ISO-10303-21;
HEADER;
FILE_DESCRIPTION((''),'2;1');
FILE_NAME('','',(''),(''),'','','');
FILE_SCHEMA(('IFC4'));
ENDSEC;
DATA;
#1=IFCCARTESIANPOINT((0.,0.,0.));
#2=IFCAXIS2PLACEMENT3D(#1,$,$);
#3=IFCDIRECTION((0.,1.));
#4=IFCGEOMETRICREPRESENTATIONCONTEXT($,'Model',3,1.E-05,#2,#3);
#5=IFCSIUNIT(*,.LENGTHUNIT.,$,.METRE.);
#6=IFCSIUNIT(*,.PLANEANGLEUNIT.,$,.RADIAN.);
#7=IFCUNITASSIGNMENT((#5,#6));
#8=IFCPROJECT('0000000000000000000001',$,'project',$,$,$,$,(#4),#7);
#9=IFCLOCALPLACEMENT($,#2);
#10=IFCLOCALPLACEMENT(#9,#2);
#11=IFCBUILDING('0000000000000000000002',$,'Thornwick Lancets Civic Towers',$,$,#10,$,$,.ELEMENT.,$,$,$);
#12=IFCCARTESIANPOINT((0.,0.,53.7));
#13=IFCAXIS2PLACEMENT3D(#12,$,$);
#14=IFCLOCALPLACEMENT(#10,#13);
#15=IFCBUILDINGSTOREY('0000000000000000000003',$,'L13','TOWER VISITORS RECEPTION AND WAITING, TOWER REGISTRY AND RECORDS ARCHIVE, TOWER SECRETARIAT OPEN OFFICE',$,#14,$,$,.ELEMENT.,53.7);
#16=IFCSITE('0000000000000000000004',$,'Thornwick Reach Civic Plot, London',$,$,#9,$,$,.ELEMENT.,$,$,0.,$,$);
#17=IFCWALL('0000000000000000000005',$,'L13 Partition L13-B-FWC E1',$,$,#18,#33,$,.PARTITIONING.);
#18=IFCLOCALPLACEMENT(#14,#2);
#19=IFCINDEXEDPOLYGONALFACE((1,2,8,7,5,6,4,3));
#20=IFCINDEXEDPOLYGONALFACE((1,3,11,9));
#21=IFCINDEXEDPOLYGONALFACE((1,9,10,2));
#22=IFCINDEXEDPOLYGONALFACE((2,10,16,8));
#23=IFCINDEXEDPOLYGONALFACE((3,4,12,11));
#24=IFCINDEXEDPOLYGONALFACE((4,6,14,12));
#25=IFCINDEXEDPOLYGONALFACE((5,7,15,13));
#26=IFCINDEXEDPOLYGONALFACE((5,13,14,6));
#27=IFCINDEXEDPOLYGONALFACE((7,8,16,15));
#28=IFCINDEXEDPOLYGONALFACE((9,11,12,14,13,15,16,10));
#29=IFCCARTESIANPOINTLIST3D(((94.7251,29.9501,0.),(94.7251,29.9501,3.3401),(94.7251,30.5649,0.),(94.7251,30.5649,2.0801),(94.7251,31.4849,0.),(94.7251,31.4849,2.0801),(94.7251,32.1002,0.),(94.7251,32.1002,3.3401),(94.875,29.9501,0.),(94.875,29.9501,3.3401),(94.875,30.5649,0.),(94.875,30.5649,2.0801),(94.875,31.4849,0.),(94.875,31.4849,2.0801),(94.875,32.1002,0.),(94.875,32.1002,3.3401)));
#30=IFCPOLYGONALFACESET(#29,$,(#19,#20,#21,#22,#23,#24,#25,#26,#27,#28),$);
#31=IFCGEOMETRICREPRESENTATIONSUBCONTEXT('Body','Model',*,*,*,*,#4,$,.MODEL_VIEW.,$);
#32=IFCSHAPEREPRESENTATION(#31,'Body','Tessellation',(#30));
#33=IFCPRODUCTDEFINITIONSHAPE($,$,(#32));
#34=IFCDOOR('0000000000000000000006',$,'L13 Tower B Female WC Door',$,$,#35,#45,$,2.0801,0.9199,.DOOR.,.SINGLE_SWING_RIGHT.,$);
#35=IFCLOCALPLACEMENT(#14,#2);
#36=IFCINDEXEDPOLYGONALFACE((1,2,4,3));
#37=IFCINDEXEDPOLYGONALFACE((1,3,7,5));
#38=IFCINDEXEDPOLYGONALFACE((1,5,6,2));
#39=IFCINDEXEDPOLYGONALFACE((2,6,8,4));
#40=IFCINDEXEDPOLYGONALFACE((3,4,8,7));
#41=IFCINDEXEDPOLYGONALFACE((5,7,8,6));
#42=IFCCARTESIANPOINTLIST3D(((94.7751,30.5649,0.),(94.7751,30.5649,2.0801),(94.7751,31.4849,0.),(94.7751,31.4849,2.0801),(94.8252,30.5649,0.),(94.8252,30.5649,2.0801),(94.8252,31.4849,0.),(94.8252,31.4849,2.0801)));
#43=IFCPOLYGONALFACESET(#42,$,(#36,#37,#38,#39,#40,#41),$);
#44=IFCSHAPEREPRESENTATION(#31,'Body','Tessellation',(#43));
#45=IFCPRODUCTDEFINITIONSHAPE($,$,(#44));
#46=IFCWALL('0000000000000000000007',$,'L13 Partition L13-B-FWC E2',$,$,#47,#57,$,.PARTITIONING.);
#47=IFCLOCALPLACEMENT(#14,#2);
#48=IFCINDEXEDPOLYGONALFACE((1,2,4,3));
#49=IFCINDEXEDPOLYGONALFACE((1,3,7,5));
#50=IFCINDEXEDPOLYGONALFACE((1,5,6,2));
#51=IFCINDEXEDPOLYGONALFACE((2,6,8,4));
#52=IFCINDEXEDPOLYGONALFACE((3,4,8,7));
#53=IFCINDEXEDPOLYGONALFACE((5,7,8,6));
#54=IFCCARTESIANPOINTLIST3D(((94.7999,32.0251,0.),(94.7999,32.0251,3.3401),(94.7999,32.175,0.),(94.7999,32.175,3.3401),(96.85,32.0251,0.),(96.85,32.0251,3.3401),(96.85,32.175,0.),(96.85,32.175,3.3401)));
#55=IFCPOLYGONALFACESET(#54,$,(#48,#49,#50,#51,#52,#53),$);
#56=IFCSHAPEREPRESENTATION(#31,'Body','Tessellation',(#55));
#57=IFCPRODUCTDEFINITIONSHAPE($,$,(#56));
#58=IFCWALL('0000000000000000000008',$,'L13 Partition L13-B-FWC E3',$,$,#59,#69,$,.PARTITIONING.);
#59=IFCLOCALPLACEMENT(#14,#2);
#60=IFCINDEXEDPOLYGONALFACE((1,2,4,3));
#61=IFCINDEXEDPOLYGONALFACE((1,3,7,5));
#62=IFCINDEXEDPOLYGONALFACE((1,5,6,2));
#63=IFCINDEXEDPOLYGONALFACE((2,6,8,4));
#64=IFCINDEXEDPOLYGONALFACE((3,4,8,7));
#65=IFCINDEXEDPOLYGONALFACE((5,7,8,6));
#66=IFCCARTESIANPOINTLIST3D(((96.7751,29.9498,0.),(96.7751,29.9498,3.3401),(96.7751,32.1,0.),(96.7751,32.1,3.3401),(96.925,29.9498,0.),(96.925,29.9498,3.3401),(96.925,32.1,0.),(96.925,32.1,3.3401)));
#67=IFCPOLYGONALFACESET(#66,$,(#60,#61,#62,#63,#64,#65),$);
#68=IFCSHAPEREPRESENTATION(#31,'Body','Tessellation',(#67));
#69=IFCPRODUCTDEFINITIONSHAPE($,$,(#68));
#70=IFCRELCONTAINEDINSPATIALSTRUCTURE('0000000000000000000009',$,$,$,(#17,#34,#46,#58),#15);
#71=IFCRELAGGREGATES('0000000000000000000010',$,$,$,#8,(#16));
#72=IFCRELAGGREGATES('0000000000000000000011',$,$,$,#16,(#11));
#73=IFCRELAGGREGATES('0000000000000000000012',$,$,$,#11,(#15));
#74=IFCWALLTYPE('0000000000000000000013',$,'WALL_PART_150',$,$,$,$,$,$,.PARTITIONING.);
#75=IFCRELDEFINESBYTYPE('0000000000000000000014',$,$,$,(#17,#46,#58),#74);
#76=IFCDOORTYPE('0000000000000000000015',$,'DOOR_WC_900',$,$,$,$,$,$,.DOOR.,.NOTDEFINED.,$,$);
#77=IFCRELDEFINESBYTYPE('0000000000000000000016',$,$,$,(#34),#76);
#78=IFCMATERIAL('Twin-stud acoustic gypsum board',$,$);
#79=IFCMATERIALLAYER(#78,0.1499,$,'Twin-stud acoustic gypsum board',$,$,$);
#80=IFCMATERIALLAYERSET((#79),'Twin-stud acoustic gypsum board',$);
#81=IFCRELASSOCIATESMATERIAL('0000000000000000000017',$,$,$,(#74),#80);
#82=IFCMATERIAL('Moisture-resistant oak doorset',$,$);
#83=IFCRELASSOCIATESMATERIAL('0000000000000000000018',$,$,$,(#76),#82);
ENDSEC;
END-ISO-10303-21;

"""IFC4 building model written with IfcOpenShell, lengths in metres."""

from ifc_helpers import new_model, si_unit, direction, frame, frame_2d, origin, place, context, subcontext, project, spatial, rectangle, extrude, material, layer, layer_set, type_object, element, fill, save


model = new_model("IFC4")

# Units and contexts
model_context = context("Model", 3, precision=1e-05, world=origin(), true_north=direction((0.0, 1.0)))
body_context = subcontext(model_context, "Body", "Model", "MODEL_VIEW")
ifc_project = project(units=[si_unit("LENGTHUNIT", "METRE"), si_unit("PLANEANGLEUNIT", "RADIAN")], contexts=[model_context])

# Site, building, storey
site_placement = place(None, origin())
site = spatial("IfcSite", under=ifc_project, at=site_placement, Name="Thornwick Reach Civic Plot, London", CompositionType="ELEMENT", RefElevation=0.0)
building_placement = place(site_placement, origin())
building = spatial("IfcBuilding", under=site, at=building_placement, Name="Thornwick Lancets Civic Towers", CompositionType="ELEMENT")
storey_placement = place(building_placement, frame((0.0, 0.0, 53.7)))
storey = spatial("IfcBuildingStorey", under=building, at=storey_placement, Name="L13", Description="TOWER VISITORS RECEPTION AND WAITING, TOWER REGISTRY AND RECORDS ARCHIVE, TOWER SECRETARIAT OPEN OFFICE", CompositionType="ELEMENT", Elevation=53.7)

# Wall, opening, door
ifc_material_1 = material(Name="Twin-stud acoustic gypsum board")
ifc_layer_1 = layer(ifc_material_1, 0.1499, Name="Twin-stud acoustic gypsum board")
ifc_layer_set_1 = layer_set([ifc_layer_1], Name="Twin-stud acoustic gypsum board")
wall_type_1 = type_object("IfcWallType", Name="WALL_PART_150", PredefinedType="PARTITIONING", material=ifc_layer_set_1)
wall_1_placement = place(storey_placement, frame((94.8, 29.95, 0.0), z_axis=(0.0, 0.0, 1.0), x_axis=(0.0, 1.0, 0.0)))
wall_1 = element("IfcWall", 1, at=wall_1_placement, inside=storey, type_object=wall_type_1, Name="L13 Partition L13-B-FWC E1", PredefinedType="PARTITIONING", context=body_context, shape_type="SweptSolid", body=[
    extrude(rectangle(XDim=2.1501, YDim=0.1499, at=frame_2d((1.0752, 0.0))), origin(), (0.0, 0.0, 1.0), 3.3401),
])
opening_1_placement = place(wall_1_placement, frame((0.615, 0.0, 0.0)))
opening_1 = element("IfcOpeningElement", 2, at=opening_1_placement, cuts=wall_1, PredefinedType="OPENING", context=body_context, shape_type="SweptSolid", body=[
    extrude(rectangle(XDim=0.9199, YDim=2.0801, at=frame_2d((0.46, 1.04))), frame((0.0, 0.085, 0.0), z_axis=(0.0, -1.0, 0.0), x_axis=(1.0, 0.0, 0.0)), (0.0, 0.0, 1.0), 0.1699),
])
ifc_material_2 = material(Name="Moisture-resistant oak doorset")
door_type_1 = type_object("IfcDoorType", Name="DOOR_WC_900", OperationType="NOTDEFINED", PredefinedType="DOOR", material=ifc_material_2)
door_1_placement = place(opening_1_placement, origin())
door_1 = element("IfcDoor", 3, at=door_1_placement, inside=storey, type_object=door_type_1, Name="L13 Tower B Female WC Door", OperationType="SINGLE_SWING_RIGHT", OverallHeight=2.0801, OverallWidth=0.9199, PredefinedType="DOOR", context=body_context, shape_type="SweptSolid", body=[
    extrude(rectangle(XDim=0.9199, YDim=2.0801, at=frame_2d((0.46, 1.04))), frame((0.0, 0.0249, 0.0), z_axis=(0.0, -1.0, 0.0), x_axis=(1.0, 0.0, 0.0)), (0.0, 0.0, 1.0), 0.05),
])
fill(opening_1, door_1)

# Walls
wall_2_placement = place(storey_placement, frame((94.8, 32.1001, 0.0), z_axis=(0.0, 0.0, 1.0), x_axis=(1.0, 0.0, 0.0)))
element("IfcWall", 4, at=wall_2_placement, inside=storey, type_object=wall_type_1, Name="L13 Partition L13-B-FWC E2", PredefinedType="PARTITIONING", context=body_context, shape_type="SweptSolid", body=[
    extrude(rectangle(XDim=2.05, YDim=0.1499, at=frame_2d((1.0249, 0.0))), origin(), (0.0, 0.0, 1.0), 3.3401),
])
wall_3_placement = place(storey_placement, frame((96.8501, 32.1001, 0.0), z_axis=(0.0, 0.0, 1.0), x_axis=(0.0, -1.0, 0.0)))
element("IfcWall", 5, at=wall_3_placement, inside=storey, type_object=wall_type_1, Name="L13 Partition L13-B-FWC E3", PredefinedType="PARTITIONING", context=body_context, shape_type="SweptSolid", body=[
    extrude(rectangle(XDim=2.1501, YDim=0.1499, at=frame_2d((1.0752, 0.0))), origin(), (0.0, 0.0, 1.0), 3.3401),
])

save(model, "model.ifc")
